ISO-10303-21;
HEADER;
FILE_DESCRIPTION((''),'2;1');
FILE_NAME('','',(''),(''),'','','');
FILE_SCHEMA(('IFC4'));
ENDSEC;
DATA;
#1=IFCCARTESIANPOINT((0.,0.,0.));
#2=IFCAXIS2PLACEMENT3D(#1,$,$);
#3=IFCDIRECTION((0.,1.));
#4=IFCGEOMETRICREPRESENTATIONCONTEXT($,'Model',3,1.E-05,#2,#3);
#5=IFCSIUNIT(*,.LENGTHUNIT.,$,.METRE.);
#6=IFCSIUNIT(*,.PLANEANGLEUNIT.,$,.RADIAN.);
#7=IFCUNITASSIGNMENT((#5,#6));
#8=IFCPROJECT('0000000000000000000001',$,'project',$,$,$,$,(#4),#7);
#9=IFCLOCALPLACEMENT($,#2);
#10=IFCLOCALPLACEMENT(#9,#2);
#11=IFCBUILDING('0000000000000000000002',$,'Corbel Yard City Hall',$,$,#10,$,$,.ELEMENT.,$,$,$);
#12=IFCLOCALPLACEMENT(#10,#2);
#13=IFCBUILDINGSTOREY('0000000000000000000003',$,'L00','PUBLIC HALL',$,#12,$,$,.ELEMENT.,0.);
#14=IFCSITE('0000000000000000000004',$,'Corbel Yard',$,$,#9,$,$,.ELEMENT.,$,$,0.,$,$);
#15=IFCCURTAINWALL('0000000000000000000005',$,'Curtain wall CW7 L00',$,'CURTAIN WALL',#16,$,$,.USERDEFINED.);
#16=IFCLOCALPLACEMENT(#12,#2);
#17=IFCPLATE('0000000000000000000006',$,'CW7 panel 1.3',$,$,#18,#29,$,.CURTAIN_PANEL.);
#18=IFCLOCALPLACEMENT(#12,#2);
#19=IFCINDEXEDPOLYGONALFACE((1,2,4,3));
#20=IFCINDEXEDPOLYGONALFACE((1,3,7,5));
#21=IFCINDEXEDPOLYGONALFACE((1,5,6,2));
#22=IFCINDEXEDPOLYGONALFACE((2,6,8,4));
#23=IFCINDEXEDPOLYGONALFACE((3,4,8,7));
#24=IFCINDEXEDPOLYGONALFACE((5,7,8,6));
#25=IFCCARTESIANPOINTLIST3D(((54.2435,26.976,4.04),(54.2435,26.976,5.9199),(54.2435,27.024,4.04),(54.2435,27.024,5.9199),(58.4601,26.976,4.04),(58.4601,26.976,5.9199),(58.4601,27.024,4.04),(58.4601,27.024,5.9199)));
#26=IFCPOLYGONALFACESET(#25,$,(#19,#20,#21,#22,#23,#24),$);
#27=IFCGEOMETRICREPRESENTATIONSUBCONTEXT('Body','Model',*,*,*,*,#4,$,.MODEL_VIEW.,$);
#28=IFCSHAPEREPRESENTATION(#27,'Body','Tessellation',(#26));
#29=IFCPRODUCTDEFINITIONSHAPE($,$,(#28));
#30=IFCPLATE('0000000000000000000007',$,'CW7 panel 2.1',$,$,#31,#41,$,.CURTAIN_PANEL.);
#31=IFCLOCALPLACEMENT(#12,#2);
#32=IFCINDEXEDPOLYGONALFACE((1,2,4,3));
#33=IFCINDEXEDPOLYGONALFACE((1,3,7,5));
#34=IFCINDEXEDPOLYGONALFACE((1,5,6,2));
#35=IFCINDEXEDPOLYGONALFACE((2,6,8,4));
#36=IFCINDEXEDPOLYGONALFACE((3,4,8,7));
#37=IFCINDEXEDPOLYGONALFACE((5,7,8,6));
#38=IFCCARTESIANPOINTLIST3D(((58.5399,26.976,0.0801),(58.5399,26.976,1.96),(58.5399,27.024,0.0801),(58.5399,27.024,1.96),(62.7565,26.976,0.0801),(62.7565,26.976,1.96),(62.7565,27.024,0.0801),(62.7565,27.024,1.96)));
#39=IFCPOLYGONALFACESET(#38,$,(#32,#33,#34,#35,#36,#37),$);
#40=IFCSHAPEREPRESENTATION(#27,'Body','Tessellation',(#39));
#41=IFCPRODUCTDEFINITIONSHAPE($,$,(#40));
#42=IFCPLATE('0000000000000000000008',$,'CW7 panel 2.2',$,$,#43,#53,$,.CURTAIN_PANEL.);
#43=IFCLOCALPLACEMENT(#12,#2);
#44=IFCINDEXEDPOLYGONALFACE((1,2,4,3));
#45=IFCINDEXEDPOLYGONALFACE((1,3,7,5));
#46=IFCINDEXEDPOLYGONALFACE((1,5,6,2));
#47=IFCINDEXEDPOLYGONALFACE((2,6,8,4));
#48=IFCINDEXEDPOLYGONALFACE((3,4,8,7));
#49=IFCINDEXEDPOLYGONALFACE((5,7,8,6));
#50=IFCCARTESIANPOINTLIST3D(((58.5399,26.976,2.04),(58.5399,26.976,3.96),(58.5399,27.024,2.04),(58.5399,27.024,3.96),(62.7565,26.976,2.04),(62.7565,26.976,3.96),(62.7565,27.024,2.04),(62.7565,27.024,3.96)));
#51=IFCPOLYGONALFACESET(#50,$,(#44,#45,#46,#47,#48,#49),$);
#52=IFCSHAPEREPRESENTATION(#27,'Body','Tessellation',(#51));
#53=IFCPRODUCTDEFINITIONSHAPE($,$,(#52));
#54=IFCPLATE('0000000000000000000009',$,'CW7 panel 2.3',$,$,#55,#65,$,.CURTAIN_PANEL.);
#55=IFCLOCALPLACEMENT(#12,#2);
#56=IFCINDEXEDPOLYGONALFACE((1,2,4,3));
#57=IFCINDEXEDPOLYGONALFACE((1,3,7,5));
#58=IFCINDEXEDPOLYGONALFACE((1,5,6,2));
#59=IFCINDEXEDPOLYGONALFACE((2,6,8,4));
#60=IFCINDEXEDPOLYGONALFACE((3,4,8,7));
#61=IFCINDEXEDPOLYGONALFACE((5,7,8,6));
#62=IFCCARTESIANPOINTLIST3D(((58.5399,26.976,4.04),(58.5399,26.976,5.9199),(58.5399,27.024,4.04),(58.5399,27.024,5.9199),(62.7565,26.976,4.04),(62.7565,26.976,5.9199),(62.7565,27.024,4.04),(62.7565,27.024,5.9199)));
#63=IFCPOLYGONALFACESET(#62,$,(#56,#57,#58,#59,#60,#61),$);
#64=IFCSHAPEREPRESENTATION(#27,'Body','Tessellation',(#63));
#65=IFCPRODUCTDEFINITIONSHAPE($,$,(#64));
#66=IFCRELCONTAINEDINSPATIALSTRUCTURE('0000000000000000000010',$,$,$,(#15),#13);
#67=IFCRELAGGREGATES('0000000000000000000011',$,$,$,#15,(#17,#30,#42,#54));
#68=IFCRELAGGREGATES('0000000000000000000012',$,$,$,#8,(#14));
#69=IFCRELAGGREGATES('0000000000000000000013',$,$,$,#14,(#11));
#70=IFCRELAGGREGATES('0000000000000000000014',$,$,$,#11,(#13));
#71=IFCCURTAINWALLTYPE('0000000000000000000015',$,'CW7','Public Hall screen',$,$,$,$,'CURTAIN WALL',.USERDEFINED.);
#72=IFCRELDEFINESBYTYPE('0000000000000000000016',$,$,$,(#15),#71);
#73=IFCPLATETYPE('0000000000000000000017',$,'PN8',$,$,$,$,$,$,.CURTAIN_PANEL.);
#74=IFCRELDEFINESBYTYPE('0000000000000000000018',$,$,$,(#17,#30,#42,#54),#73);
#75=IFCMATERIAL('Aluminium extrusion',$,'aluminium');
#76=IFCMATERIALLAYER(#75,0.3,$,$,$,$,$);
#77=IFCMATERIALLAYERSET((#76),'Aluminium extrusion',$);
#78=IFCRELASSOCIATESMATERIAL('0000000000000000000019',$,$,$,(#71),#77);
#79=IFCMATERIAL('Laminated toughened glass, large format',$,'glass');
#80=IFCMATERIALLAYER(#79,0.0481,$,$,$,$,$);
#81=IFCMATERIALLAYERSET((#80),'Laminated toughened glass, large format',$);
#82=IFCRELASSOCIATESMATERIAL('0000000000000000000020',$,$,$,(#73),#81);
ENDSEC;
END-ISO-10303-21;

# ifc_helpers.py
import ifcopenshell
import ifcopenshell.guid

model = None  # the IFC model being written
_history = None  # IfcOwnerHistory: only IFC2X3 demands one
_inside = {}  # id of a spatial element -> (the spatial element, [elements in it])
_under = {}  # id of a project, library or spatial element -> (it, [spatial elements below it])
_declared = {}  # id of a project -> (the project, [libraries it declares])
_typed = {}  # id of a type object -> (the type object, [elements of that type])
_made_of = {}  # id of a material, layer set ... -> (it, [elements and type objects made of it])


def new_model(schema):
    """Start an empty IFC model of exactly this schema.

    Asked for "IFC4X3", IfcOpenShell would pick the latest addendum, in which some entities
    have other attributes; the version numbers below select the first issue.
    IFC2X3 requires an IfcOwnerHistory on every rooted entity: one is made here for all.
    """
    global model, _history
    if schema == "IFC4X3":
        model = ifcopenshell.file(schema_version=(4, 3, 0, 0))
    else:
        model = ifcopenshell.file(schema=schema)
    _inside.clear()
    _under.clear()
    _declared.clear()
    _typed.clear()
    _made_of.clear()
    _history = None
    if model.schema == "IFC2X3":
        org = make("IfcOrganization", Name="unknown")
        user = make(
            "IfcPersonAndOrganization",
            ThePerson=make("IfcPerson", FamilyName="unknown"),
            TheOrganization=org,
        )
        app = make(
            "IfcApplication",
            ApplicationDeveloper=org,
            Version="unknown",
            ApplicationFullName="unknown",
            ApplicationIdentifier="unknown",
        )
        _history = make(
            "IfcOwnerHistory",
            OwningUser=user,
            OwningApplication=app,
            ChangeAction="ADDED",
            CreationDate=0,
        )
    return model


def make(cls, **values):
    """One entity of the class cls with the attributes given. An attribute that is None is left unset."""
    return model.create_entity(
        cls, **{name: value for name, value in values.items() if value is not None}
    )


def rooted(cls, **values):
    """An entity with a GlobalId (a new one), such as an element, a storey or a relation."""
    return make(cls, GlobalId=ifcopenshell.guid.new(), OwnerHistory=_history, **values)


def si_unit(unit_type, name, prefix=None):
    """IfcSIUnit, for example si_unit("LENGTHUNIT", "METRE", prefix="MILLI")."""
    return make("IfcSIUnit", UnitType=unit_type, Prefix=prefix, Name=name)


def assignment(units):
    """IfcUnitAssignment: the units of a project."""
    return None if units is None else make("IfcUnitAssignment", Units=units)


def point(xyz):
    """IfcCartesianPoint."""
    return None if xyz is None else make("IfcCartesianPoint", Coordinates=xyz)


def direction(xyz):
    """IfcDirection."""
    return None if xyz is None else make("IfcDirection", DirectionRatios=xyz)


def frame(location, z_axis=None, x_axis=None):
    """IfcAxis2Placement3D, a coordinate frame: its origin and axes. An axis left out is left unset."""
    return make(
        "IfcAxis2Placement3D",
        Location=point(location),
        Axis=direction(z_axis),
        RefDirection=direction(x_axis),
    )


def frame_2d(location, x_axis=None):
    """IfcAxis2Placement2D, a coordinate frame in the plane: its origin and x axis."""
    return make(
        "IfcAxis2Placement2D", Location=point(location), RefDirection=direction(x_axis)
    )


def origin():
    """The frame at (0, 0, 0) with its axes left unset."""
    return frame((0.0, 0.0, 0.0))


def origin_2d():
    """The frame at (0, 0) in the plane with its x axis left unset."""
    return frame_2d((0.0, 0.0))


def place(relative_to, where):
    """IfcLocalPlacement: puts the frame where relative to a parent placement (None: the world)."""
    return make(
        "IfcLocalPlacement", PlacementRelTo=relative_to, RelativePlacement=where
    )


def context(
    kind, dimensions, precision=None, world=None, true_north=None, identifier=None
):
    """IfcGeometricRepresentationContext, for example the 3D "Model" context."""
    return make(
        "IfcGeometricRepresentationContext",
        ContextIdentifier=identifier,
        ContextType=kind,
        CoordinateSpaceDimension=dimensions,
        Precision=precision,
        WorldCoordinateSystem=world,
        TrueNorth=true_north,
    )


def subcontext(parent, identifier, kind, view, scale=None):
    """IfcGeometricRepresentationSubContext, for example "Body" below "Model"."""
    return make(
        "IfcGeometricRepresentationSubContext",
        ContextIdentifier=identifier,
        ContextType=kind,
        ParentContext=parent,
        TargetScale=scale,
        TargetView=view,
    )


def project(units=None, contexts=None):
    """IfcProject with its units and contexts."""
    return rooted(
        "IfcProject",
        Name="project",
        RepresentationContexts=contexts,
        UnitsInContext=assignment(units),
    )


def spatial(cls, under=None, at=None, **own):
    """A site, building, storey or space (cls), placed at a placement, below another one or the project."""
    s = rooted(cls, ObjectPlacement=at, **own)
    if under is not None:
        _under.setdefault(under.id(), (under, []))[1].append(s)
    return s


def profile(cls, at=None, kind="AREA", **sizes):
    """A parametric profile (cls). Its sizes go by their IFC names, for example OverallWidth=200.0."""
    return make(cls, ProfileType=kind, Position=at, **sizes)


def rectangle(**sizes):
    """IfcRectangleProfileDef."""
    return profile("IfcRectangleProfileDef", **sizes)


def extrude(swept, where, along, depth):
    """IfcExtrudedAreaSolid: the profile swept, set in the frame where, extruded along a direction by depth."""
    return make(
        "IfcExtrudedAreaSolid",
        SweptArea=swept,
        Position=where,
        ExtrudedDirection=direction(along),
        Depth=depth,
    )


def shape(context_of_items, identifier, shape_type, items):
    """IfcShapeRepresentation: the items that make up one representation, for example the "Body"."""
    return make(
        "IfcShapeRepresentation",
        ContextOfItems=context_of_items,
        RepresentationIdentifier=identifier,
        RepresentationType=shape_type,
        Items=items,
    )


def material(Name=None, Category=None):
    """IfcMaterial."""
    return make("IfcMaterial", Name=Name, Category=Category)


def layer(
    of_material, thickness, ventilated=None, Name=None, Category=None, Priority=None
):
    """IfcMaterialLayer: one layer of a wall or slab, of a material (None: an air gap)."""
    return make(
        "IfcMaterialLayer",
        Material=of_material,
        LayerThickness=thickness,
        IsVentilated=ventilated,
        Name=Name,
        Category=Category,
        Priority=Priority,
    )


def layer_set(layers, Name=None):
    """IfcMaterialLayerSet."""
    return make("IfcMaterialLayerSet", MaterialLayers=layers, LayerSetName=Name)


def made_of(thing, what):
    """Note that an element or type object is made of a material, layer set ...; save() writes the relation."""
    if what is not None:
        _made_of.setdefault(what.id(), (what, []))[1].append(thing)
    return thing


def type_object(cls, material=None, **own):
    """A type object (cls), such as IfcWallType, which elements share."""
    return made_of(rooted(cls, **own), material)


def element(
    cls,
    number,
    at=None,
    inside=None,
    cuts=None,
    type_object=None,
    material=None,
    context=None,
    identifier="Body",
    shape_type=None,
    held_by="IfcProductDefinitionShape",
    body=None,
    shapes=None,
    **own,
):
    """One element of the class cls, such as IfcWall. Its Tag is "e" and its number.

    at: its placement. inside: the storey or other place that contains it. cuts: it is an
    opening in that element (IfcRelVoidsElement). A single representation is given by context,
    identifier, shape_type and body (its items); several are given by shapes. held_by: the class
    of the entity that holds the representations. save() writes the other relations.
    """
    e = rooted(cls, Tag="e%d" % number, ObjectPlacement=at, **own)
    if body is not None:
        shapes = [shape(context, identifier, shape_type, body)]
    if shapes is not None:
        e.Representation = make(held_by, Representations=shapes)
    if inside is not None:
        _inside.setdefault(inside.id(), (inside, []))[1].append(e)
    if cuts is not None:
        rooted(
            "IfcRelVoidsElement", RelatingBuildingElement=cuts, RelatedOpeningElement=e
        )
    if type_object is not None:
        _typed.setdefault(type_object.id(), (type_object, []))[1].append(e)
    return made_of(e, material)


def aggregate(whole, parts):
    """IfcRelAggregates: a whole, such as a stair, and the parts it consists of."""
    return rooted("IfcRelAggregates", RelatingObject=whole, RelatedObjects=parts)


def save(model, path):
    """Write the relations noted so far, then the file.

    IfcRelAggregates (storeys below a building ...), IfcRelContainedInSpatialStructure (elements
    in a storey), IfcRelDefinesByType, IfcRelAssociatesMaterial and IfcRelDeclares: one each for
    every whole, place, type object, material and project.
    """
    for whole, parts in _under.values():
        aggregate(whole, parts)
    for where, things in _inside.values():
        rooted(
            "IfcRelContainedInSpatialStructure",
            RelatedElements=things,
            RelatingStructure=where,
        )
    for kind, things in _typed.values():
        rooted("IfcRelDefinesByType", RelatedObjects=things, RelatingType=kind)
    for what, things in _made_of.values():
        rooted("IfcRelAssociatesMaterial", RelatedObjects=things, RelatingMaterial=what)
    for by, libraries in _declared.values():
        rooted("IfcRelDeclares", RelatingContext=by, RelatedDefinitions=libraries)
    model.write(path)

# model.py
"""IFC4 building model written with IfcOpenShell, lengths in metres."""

from ifc_helpers import new_model, si_unit, direction, frame, origin, origin_2d, place, context, subcontext, project, spatial, rectangle, extrude, material, layer, layer_set, type_object, element, aggregate, save


model = new_model("IFC4")

# Units and contexts
model_context = context("Model", 3, precision=1e-05, world=origin(), true_north=direction((0.0, 1.0)))
body_context = subcontext(model_context, "Body", "Model", "MODEL_VIEW")
ifc_project = project(units=[si_unit("LENGTHUNIT", "METRE"), si_unit("PLANEANGLEUNIT", "RADIAN")], contexts=[model_context])

# Site, building, storey
site_placement = place(None, origin())
site = spatial("IfcSite", under=ifc_project, at=site_placement, Name="Corbel Yard", CompositionType="ELEMENT", RefElevation=0.0)
building_placement = place(site_placement, origin())
building = spatial("IfcBuilding", under=site, at=building_placement, Name="Corbel Yard City Hall", CompositionType="ELEMENT")
storey_placement = place(building_placement, origin())
storey = spatial("IfcBuildingStorey", under=building, at=storey_placement, Name="L00", Description="PUBLIC HALL", CompositionType="ELEMENT", Elevation=0.0)

# Curtain wall, plates
ifc_material_1 = material(Name="Aluminium extrusion", Category="aluminium")
ifc_layer_1 = layer(ifc_material_1, 0.3)
ifc_layer_set_1 = layer_set([ifc_layer_1], Name="Aluminium extrusion")
curtain_wall_type = type_object("IfcCurtainWallType", Name="CW7", Description="Public Hall screen", ElementType="CURTAIN WALL", PredefinedType="USERDEFINED", material=ifc_layer_set_1)
curtain_wall_placement = place(storey_placement, origin())
curtain_wall = element("IfcCurtainWall", 1, at=curtain_wall_placement, inside=storey, type_object=curtain_wall_type, Name="Curtain wall CW7 L00", ObjectType="CURTAIN WALL", PredefinedType="USERDEFINED")
ifc_material_2 = material(Name="Laminated toughened glass, large format", Category="glass")
ifc_layer_2 = layer(ifc_material_2, 0.0481)
ifc_layer_set_2 = layer_set([ifc_layer_2], Name="Laminated toughened glass, large format")
plate_type = type_object("IfcPlateType", Name="PN8", PredefinedType="CURTAIN_PANEL", material=ifc_layer_set_2)
plate_1_placement = place(storey_placement, frame((56.3518, 27.0, 4.04), z_axis=(0.0, 0.0, 1.0), x_axis=(1.0, 0.0, 0.0)))
plate_1 = element("IfcPlate", 2, at=plate_1_placement, type_object=plate_type, Name="CW7 panel 1.3", PredefinedType="CURTAIN_PANEL", context=body_context, shape_type="SweptSolid", body=[
    extrude(rectangle(XDim=4.2166, YDim=0.0481, at=origin_2d()), origin(), (0.0, 0.0, 1.0), 1.8799),
])
plate_2_placement = place(storey_placement, frame((60.6482, 27.0, 0.0801), z_axis=(0.0, 0.0, 1.0), x_axis=(1.0, 0.0, 0.0)))
plate_2 = element("IfcPlate", 3, at=plate_2_placement, type_object=plate_type, Name="CW7 panel 2.1", PredefinedType="CURTAIN_PANEL", context=body_context, shape_type="SweptSolid", body=[
    extrude(rectangle(XDim=4.2166, YDim=0.0481, at=origin_2d()), origin(), (0.0, 0.0, 1.0), 1.8799),
])
plate_3_placement = place(storey_placement, frame((60.6482, 27.0, 2.04), z_axis=(0.0, 0.0, 1.0), x_axis=(1.0, 0.0, 0.0)))
plate_3 = element("IfcPlate", 4, at=plate_3_placement, type_object=plate_type, Name="CW7 panel 2.2", PredefinedType="CURTAIN_PANEL", context=body_context, shape_type="SweptSolid", body=[
    extrude(rectangle(XDim=4.2166, YDim=0.0481, at=origin_2d()), origin(), (0.0, 0.0, 1.0), 1.9199),
])
plate_4_placement = place(storey_placement, frame((60.6482, 27.0, 4.04), z_axis=(0.0, 0.0, 1.0), x_axis=(1.0, 0.0, 0.0)))
plate_4 = element("IfcPlate", 5, at=plate_4_placement, type_object=plate_type, Name="CW7 panel 2.3", PredefinedType="CURTAIN_PANEL", context=body_context, shape_type="SweptSolid", body=[
    extrude(rectangle(XDim=4.2166, YDim=0.0481, at=origin_2d()), origin(), (0.0, 0.0, 1.0), 1.8799),
])
aggregate(curtain_wall, [plate_1, plate_2, plate_3, plate_4])

save(model, "model.ifc")
